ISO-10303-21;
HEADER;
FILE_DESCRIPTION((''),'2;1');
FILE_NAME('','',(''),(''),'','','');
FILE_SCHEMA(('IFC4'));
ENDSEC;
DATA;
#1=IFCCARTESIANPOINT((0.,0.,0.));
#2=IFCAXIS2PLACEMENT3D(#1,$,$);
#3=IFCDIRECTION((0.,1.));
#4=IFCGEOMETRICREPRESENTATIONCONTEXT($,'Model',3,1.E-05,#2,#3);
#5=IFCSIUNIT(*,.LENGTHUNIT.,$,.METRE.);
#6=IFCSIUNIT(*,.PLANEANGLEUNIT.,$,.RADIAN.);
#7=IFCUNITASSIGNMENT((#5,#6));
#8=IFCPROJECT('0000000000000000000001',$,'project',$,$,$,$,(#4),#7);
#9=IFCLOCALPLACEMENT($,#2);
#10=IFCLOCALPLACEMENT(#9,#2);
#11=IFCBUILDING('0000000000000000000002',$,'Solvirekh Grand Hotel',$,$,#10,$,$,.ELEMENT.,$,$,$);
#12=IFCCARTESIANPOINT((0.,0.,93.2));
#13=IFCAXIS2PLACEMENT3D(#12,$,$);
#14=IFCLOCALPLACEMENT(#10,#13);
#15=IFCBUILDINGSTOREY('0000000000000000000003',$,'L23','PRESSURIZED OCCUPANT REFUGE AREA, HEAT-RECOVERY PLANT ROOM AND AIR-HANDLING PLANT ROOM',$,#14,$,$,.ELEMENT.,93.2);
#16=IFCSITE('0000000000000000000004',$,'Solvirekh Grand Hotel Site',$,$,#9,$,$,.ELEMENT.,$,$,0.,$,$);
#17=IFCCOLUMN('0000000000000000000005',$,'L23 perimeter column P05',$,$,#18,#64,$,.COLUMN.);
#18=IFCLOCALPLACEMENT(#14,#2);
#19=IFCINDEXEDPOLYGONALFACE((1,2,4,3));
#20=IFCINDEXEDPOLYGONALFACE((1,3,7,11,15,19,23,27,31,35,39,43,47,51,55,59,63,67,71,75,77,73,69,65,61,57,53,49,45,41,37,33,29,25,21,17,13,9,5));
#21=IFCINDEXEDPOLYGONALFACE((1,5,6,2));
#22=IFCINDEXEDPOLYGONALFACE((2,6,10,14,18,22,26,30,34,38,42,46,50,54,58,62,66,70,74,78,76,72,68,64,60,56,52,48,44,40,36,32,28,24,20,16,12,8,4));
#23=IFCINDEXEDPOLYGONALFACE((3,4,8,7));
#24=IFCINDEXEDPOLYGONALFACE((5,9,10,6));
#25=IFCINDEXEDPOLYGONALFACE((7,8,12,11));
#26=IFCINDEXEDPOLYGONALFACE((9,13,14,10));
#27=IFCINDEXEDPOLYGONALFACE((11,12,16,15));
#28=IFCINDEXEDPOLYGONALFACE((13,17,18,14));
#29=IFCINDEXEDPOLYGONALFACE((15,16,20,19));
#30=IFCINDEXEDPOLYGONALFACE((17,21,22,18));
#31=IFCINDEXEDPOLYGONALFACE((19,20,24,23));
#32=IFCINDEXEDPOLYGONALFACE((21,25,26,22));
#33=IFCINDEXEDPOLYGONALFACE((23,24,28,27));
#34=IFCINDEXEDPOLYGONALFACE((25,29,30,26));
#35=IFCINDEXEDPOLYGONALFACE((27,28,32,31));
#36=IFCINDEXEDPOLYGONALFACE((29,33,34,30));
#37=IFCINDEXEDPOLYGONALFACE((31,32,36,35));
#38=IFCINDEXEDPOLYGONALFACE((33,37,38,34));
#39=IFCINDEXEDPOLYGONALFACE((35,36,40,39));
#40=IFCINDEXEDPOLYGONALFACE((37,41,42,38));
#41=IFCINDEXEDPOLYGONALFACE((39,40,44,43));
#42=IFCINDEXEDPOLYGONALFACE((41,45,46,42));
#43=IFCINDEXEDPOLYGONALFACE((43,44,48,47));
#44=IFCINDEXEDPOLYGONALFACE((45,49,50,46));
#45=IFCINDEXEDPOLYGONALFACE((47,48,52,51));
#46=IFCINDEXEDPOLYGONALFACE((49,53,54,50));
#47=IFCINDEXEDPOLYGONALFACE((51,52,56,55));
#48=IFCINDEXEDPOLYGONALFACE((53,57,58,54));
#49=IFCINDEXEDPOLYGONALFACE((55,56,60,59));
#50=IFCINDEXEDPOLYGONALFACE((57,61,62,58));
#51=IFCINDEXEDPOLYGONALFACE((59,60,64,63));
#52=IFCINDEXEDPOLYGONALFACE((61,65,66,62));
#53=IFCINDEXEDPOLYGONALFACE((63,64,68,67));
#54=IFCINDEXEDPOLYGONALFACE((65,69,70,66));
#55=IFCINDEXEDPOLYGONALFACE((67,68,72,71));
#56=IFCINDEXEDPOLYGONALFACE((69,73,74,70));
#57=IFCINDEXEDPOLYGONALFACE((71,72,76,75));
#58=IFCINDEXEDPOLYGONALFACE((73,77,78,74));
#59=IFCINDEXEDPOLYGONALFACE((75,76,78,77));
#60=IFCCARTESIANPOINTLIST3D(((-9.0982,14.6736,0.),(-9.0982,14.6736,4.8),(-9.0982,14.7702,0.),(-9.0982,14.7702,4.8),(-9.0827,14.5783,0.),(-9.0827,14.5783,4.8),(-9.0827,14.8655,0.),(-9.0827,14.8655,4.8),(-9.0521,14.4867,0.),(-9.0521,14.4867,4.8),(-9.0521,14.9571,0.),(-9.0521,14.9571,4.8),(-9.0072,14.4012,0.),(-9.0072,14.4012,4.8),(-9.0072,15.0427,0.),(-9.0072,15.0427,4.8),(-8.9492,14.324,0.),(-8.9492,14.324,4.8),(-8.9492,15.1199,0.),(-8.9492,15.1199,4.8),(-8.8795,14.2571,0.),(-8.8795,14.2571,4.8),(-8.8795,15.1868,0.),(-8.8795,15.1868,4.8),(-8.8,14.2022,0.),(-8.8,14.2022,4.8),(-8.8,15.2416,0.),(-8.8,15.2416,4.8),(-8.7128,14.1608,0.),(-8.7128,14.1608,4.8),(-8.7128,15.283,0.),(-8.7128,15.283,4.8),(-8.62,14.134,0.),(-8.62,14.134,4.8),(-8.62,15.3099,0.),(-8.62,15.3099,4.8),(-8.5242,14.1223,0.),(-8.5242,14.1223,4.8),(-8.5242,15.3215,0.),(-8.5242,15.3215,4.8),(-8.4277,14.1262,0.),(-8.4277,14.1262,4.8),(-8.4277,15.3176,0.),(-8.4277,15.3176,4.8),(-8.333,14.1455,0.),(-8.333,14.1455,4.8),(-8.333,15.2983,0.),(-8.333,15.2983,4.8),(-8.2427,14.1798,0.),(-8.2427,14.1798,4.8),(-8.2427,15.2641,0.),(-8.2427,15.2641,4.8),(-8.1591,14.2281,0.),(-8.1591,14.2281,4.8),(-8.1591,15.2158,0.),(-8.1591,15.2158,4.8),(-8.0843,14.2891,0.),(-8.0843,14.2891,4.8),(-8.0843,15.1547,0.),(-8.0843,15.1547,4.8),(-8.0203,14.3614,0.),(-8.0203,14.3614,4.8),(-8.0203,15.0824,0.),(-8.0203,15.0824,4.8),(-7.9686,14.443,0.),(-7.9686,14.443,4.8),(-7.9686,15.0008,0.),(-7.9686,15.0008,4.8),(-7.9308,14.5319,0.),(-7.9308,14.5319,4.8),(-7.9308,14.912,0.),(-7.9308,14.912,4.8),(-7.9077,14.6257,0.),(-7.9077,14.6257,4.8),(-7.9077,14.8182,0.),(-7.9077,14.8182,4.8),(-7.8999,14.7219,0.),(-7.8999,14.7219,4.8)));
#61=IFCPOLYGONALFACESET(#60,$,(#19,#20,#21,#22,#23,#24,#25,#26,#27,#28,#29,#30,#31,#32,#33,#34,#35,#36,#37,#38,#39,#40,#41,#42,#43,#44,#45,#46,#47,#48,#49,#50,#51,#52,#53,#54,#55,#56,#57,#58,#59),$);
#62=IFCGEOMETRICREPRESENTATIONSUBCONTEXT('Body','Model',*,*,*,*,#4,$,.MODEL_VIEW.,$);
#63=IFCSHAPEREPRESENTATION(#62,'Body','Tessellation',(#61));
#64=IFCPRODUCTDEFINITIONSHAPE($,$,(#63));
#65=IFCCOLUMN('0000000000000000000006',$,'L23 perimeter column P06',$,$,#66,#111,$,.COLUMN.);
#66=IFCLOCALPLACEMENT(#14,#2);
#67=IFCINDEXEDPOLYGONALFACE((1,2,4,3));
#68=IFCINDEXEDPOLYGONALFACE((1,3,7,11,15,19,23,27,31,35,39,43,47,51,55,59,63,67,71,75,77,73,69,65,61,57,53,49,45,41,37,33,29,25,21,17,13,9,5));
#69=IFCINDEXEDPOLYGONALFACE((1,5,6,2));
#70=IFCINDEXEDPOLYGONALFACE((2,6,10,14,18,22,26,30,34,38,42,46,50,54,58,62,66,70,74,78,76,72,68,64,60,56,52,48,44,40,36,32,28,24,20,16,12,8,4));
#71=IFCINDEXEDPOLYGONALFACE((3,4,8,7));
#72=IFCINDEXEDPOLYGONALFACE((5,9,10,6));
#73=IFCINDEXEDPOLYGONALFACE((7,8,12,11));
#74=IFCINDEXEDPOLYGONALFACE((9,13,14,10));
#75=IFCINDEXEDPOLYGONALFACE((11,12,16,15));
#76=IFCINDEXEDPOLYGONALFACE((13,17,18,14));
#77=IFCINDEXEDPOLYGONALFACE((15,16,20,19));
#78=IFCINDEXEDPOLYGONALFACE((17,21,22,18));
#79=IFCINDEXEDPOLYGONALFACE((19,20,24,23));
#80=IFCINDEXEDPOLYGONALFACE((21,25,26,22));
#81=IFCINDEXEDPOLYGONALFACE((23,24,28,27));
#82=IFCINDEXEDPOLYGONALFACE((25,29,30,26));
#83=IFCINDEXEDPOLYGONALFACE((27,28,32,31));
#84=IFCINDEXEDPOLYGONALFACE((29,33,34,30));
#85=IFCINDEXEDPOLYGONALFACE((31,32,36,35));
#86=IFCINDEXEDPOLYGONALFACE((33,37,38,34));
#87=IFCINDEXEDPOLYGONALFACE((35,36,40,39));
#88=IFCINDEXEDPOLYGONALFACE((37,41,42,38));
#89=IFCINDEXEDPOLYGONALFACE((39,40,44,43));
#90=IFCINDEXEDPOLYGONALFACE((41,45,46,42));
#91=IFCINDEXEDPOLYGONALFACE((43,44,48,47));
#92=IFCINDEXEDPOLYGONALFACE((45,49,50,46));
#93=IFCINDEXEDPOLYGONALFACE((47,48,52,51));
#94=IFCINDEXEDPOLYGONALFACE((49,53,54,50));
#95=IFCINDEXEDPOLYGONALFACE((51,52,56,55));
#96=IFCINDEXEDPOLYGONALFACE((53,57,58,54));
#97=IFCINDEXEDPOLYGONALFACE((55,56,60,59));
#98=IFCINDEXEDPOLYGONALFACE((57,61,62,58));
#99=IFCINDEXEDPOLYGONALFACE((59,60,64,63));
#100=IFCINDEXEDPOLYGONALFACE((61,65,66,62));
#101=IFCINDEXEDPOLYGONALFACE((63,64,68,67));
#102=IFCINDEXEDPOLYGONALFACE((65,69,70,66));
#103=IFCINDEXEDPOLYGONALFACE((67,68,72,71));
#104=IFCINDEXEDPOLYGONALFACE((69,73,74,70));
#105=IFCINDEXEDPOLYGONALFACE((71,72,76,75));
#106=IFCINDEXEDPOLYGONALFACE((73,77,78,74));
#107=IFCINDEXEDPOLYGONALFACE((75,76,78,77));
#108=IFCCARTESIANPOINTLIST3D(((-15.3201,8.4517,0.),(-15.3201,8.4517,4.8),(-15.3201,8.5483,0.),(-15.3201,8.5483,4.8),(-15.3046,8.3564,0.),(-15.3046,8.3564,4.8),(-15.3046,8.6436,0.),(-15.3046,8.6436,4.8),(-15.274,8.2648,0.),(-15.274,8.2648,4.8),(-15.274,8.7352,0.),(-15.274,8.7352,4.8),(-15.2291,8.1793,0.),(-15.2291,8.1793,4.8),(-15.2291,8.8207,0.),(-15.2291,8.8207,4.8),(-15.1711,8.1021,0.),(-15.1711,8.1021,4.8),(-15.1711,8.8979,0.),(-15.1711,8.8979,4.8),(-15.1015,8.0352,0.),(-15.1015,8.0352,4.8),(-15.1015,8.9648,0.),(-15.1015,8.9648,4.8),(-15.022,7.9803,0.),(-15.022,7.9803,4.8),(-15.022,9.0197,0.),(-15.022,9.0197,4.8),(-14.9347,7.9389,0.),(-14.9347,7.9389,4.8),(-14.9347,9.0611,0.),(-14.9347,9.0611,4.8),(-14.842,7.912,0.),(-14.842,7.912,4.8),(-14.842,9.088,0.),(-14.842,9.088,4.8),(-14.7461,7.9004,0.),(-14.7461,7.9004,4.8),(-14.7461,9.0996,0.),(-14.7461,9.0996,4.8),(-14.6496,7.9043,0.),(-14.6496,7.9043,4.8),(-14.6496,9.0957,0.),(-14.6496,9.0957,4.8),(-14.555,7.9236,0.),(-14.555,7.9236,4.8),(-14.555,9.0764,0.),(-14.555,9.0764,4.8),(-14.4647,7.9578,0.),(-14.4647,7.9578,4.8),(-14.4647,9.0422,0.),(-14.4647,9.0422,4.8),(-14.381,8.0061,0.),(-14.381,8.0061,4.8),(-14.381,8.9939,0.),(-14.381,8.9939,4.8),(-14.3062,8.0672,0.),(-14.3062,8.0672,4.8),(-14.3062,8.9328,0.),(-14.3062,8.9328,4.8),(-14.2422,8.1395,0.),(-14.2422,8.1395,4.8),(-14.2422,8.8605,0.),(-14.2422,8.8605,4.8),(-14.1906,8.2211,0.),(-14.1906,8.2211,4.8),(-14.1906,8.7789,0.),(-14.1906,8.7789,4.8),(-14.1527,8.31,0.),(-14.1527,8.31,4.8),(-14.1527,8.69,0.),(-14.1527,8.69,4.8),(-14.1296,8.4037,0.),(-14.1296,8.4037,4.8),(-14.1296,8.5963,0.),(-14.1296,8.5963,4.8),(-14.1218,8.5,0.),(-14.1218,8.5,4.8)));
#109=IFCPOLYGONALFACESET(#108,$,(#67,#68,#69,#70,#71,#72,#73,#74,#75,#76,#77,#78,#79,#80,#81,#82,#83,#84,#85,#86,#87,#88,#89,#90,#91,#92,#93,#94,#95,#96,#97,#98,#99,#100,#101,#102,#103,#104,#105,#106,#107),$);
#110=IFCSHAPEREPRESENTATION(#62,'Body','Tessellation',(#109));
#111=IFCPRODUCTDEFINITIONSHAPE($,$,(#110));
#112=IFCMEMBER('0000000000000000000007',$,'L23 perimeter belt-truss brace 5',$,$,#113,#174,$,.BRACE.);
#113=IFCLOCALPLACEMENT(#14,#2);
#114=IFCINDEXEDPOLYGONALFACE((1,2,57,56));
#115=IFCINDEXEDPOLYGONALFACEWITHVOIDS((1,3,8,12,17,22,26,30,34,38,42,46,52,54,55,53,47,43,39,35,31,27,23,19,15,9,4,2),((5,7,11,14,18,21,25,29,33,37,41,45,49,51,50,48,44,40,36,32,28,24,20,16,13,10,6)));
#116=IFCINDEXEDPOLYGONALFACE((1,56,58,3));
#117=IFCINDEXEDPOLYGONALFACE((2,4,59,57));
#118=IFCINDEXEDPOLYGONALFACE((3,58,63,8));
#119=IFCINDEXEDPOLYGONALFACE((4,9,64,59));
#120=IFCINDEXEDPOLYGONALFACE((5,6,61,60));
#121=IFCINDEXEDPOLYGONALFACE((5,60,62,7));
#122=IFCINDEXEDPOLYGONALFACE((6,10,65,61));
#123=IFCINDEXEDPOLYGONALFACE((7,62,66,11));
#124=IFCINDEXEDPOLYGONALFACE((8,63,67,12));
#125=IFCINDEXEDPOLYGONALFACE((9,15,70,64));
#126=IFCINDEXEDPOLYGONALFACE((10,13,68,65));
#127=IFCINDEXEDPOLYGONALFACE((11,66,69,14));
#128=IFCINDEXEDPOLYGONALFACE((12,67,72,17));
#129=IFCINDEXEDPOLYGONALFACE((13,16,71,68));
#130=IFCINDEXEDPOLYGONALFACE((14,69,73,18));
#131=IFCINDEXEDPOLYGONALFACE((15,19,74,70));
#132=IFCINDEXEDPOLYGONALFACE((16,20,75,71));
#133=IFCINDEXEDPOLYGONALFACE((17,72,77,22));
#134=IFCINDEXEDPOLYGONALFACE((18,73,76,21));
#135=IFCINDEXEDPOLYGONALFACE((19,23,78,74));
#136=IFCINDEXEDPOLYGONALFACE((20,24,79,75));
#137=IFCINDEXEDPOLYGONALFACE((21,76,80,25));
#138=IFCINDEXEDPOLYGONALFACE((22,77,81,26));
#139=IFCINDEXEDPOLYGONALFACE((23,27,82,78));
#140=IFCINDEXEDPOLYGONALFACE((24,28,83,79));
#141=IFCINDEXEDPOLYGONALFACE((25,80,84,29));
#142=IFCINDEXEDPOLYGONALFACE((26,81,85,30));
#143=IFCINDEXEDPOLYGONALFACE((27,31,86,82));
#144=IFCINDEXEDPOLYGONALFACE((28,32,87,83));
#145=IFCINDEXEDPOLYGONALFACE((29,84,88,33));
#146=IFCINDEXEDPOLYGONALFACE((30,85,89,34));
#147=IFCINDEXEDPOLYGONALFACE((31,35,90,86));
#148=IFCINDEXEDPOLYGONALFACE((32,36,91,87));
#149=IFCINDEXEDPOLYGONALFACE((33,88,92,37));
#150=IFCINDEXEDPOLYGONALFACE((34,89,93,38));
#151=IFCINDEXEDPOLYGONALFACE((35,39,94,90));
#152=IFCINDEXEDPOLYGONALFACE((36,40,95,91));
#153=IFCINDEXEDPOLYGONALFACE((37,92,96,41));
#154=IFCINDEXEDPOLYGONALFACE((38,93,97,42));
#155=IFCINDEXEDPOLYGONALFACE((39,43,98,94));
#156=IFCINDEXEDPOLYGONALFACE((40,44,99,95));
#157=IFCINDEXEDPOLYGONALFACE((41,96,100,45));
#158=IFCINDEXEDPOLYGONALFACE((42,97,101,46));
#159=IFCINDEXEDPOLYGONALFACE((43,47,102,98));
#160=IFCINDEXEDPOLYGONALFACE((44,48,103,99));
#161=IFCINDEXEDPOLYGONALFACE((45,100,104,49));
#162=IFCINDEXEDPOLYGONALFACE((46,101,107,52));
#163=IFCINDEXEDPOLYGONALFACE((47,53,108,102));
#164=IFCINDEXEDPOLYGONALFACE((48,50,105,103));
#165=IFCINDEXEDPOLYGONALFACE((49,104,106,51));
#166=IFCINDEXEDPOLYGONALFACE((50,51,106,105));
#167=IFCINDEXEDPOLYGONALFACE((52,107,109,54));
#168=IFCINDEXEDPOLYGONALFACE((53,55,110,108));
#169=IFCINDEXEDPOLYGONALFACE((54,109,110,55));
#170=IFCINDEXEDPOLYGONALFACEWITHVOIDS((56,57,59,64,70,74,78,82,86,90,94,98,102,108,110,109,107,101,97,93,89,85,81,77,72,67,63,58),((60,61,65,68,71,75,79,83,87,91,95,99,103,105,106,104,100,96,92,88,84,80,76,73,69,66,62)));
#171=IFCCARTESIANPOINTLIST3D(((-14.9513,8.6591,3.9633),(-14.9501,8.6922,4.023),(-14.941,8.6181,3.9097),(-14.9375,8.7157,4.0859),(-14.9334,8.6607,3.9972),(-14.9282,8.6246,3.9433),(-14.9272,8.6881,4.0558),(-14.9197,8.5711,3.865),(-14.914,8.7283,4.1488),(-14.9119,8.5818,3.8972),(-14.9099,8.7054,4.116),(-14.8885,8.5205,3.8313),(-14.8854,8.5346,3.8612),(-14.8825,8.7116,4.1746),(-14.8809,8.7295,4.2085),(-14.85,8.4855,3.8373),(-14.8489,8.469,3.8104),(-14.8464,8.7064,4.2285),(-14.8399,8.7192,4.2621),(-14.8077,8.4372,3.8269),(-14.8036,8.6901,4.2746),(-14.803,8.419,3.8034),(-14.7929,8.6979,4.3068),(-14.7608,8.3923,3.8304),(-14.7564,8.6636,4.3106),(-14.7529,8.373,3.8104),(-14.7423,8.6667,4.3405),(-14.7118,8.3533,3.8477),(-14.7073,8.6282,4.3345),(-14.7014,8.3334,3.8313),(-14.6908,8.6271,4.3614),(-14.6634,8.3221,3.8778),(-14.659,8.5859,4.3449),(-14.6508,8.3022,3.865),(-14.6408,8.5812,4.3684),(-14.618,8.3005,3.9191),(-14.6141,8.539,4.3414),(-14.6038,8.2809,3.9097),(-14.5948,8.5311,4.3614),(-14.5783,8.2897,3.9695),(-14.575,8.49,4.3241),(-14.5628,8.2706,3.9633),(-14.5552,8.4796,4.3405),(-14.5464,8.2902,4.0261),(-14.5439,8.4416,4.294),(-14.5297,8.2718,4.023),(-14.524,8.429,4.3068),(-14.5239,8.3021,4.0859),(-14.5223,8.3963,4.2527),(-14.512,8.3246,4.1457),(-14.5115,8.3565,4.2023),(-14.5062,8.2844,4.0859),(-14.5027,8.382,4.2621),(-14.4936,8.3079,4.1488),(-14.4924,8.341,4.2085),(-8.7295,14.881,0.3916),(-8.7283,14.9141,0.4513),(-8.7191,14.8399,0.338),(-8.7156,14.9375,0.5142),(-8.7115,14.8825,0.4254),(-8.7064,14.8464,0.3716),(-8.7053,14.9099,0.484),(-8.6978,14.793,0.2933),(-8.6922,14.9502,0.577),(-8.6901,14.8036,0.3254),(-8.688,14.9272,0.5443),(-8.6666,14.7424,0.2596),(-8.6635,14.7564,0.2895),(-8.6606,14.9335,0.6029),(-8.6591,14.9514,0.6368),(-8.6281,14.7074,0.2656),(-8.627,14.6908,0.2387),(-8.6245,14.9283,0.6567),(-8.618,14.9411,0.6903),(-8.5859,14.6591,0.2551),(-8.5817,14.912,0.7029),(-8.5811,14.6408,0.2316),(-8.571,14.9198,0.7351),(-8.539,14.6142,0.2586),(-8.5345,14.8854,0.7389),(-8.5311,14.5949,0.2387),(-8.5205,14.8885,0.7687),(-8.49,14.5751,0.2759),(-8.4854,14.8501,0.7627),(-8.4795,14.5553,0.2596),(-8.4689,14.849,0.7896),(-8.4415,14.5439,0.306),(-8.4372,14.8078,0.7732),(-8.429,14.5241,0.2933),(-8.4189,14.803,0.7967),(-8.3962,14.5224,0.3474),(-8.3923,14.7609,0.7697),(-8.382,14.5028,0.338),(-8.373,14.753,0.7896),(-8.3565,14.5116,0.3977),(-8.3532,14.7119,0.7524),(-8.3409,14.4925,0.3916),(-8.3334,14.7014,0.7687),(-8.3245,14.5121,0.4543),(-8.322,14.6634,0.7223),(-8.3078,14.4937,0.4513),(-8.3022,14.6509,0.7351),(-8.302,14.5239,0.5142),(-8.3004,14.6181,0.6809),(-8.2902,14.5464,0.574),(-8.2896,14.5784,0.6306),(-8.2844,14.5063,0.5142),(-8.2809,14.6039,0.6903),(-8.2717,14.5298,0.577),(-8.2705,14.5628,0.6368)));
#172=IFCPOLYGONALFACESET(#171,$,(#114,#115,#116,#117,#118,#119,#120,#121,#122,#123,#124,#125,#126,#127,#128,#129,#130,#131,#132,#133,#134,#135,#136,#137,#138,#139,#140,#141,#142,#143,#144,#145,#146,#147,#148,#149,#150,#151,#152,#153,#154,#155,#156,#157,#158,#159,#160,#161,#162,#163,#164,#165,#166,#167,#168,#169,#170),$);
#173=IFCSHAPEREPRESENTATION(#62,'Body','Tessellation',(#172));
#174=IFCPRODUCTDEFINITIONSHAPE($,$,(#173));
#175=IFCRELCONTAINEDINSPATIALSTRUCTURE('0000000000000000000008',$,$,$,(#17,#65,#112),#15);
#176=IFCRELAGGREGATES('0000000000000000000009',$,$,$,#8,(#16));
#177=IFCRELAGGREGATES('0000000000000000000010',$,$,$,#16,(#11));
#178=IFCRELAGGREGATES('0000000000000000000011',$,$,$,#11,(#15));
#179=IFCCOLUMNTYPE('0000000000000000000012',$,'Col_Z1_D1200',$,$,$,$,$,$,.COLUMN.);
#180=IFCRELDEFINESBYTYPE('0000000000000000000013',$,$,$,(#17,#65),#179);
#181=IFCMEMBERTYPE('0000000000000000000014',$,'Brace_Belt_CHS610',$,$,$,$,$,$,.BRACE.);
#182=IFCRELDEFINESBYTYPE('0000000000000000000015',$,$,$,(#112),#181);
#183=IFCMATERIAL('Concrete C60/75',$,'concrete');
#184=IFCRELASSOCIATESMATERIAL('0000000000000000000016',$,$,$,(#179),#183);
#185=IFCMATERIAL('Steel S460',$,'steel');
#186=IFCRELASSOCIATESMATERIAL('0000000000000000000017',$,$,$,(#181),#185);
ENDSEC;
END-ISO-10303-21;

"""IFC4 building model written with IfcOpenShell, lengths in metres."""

from ifc_helpers import new_model, si_unit, direction, frame, origin, origin_2d, place, context, subcontext, project, spatial, circle, hollow_circle, extrude, material, material_profile, profile_set, type_object, element, save


model = new_model("IFC4")

# Units and contexts
model_context = context("Model", 3, precision=1e-05, world=origin(), true_north=direction((0.0, 1.0)))
body_context = subcontext(model_context, "Body", "Model", "MODEL_VIEW")
ifc_project = project(units=[si_unit("LENGTHUNIT", "METRE"), si_unit("PLANEANGLEUNIT", "RADIAN")], contexts=[model_context])

# Site, building, storey
site_placement = place(None, origin())
site = spatial("IfcSite", under=ifc_project, at=site_placement, Name="Solvirekh Grand Hotel Site", CompositionType="ELEMENT", RefElevation=0.0)
building_placement = place(site_placement, origin())
building = spatial("IfcBuilding", under=site, at=building_placement, Name="Solvirekh Grand Hotel", CompositionType="ELEMENT")
storey_placement = place(building_placement, frame((0.0, 0.0, 93.2)))
storey = spatial("IfcBuildingStorey", under=building, at=storey_placement, Name="L23", Description="PRESSURIZED OCCUPANT REFUGE AREA, HEAT-RECOVERY PLANT ROOM AND AIR-HANDLING PLANT ROOM", CompositionType="ELEMENT", Elevation=93.2)

# Columns
ifc_material_1 = material(Name="Concrete C60/75", Category="concrete")
ifc_material_profile_1 = material_profile(ifc_material_1, circle(Radius=0.6001, at=origin_2d()), Name="RC CIRC D1200")
ifc_profile_set_1 = profile_set([ifc_material_profile_1], Name="Concrete C60/75")
column_type = type_object("IfcColumnType", Name="Col_Z1_D1200", PredefinedType="COLUMN", material=ifc_profile_set_1)
for number, where, z_axis, x_axis, name in (
    (1, (-8.5, 14.7219, 0.0), (0.0, 0.0, 1.0), (1.0, 0.0, 0.0), "L23 perimeter column P05"),
    (2, (-14.7219, 8.5, 0.0), (0.0, 0.0, 1.0), (1.0, 0.0, 0.0), "L23 perimeter column P06"),
):
    element("IfcColumn", number, at=place(storey_placement, frame(where, z_axis=z_axis, x_axis=x_axis)), inside=storey, type_object=column_type, Name=name, PredefinedType="COLUMN", context=body_context, shape_type="SweptSolid", body=[
        extrude(circle(Radius=0.6001, at=origin_2d()), origin(), (0.0, 0.0, 1.0), 4.8),
    ])

# Member
ifc_material_2 = material(Name="Steel S460", Category="steel")
ifc_material_profile_2 = material_profile(ifc_material_2, hollow_circle(Radius=0.3049, WallThickness=0.0249, at=origin_2d()), Name="CHS 610X25")
ifc_profile_set_2 = profile_set([ifc_material_profile_2], Name="Steel S460")
member_type = type_object("IfcMemberType", Name="Brace_Belt_CHS610", PredefinedType="BRACE", material=ifc_profile_set_2)
member_placement = place(storey_placement, frame((-8.5, 14.7219, 0.5142), z_axis=(-0.655185, -0.655185, 0.376118), x_axis=(0.707107, -0.707107, 0.0)))
element("IfcMember", 3, at=member_placement, inside=storey, type_object=member_type, Name="L23 perimeter belt-truss brace 5", PredefinedType="BRACE", context=body_context, shape_type="SweptSolid", body=[
    extrude(hollow_circle(Radius=0.3049, WallThickness=0.0249, at=origin_2d()), origin(), (0.0, 0.0, 1.0), 9.4963),
])

save(model, "model.ifc")
